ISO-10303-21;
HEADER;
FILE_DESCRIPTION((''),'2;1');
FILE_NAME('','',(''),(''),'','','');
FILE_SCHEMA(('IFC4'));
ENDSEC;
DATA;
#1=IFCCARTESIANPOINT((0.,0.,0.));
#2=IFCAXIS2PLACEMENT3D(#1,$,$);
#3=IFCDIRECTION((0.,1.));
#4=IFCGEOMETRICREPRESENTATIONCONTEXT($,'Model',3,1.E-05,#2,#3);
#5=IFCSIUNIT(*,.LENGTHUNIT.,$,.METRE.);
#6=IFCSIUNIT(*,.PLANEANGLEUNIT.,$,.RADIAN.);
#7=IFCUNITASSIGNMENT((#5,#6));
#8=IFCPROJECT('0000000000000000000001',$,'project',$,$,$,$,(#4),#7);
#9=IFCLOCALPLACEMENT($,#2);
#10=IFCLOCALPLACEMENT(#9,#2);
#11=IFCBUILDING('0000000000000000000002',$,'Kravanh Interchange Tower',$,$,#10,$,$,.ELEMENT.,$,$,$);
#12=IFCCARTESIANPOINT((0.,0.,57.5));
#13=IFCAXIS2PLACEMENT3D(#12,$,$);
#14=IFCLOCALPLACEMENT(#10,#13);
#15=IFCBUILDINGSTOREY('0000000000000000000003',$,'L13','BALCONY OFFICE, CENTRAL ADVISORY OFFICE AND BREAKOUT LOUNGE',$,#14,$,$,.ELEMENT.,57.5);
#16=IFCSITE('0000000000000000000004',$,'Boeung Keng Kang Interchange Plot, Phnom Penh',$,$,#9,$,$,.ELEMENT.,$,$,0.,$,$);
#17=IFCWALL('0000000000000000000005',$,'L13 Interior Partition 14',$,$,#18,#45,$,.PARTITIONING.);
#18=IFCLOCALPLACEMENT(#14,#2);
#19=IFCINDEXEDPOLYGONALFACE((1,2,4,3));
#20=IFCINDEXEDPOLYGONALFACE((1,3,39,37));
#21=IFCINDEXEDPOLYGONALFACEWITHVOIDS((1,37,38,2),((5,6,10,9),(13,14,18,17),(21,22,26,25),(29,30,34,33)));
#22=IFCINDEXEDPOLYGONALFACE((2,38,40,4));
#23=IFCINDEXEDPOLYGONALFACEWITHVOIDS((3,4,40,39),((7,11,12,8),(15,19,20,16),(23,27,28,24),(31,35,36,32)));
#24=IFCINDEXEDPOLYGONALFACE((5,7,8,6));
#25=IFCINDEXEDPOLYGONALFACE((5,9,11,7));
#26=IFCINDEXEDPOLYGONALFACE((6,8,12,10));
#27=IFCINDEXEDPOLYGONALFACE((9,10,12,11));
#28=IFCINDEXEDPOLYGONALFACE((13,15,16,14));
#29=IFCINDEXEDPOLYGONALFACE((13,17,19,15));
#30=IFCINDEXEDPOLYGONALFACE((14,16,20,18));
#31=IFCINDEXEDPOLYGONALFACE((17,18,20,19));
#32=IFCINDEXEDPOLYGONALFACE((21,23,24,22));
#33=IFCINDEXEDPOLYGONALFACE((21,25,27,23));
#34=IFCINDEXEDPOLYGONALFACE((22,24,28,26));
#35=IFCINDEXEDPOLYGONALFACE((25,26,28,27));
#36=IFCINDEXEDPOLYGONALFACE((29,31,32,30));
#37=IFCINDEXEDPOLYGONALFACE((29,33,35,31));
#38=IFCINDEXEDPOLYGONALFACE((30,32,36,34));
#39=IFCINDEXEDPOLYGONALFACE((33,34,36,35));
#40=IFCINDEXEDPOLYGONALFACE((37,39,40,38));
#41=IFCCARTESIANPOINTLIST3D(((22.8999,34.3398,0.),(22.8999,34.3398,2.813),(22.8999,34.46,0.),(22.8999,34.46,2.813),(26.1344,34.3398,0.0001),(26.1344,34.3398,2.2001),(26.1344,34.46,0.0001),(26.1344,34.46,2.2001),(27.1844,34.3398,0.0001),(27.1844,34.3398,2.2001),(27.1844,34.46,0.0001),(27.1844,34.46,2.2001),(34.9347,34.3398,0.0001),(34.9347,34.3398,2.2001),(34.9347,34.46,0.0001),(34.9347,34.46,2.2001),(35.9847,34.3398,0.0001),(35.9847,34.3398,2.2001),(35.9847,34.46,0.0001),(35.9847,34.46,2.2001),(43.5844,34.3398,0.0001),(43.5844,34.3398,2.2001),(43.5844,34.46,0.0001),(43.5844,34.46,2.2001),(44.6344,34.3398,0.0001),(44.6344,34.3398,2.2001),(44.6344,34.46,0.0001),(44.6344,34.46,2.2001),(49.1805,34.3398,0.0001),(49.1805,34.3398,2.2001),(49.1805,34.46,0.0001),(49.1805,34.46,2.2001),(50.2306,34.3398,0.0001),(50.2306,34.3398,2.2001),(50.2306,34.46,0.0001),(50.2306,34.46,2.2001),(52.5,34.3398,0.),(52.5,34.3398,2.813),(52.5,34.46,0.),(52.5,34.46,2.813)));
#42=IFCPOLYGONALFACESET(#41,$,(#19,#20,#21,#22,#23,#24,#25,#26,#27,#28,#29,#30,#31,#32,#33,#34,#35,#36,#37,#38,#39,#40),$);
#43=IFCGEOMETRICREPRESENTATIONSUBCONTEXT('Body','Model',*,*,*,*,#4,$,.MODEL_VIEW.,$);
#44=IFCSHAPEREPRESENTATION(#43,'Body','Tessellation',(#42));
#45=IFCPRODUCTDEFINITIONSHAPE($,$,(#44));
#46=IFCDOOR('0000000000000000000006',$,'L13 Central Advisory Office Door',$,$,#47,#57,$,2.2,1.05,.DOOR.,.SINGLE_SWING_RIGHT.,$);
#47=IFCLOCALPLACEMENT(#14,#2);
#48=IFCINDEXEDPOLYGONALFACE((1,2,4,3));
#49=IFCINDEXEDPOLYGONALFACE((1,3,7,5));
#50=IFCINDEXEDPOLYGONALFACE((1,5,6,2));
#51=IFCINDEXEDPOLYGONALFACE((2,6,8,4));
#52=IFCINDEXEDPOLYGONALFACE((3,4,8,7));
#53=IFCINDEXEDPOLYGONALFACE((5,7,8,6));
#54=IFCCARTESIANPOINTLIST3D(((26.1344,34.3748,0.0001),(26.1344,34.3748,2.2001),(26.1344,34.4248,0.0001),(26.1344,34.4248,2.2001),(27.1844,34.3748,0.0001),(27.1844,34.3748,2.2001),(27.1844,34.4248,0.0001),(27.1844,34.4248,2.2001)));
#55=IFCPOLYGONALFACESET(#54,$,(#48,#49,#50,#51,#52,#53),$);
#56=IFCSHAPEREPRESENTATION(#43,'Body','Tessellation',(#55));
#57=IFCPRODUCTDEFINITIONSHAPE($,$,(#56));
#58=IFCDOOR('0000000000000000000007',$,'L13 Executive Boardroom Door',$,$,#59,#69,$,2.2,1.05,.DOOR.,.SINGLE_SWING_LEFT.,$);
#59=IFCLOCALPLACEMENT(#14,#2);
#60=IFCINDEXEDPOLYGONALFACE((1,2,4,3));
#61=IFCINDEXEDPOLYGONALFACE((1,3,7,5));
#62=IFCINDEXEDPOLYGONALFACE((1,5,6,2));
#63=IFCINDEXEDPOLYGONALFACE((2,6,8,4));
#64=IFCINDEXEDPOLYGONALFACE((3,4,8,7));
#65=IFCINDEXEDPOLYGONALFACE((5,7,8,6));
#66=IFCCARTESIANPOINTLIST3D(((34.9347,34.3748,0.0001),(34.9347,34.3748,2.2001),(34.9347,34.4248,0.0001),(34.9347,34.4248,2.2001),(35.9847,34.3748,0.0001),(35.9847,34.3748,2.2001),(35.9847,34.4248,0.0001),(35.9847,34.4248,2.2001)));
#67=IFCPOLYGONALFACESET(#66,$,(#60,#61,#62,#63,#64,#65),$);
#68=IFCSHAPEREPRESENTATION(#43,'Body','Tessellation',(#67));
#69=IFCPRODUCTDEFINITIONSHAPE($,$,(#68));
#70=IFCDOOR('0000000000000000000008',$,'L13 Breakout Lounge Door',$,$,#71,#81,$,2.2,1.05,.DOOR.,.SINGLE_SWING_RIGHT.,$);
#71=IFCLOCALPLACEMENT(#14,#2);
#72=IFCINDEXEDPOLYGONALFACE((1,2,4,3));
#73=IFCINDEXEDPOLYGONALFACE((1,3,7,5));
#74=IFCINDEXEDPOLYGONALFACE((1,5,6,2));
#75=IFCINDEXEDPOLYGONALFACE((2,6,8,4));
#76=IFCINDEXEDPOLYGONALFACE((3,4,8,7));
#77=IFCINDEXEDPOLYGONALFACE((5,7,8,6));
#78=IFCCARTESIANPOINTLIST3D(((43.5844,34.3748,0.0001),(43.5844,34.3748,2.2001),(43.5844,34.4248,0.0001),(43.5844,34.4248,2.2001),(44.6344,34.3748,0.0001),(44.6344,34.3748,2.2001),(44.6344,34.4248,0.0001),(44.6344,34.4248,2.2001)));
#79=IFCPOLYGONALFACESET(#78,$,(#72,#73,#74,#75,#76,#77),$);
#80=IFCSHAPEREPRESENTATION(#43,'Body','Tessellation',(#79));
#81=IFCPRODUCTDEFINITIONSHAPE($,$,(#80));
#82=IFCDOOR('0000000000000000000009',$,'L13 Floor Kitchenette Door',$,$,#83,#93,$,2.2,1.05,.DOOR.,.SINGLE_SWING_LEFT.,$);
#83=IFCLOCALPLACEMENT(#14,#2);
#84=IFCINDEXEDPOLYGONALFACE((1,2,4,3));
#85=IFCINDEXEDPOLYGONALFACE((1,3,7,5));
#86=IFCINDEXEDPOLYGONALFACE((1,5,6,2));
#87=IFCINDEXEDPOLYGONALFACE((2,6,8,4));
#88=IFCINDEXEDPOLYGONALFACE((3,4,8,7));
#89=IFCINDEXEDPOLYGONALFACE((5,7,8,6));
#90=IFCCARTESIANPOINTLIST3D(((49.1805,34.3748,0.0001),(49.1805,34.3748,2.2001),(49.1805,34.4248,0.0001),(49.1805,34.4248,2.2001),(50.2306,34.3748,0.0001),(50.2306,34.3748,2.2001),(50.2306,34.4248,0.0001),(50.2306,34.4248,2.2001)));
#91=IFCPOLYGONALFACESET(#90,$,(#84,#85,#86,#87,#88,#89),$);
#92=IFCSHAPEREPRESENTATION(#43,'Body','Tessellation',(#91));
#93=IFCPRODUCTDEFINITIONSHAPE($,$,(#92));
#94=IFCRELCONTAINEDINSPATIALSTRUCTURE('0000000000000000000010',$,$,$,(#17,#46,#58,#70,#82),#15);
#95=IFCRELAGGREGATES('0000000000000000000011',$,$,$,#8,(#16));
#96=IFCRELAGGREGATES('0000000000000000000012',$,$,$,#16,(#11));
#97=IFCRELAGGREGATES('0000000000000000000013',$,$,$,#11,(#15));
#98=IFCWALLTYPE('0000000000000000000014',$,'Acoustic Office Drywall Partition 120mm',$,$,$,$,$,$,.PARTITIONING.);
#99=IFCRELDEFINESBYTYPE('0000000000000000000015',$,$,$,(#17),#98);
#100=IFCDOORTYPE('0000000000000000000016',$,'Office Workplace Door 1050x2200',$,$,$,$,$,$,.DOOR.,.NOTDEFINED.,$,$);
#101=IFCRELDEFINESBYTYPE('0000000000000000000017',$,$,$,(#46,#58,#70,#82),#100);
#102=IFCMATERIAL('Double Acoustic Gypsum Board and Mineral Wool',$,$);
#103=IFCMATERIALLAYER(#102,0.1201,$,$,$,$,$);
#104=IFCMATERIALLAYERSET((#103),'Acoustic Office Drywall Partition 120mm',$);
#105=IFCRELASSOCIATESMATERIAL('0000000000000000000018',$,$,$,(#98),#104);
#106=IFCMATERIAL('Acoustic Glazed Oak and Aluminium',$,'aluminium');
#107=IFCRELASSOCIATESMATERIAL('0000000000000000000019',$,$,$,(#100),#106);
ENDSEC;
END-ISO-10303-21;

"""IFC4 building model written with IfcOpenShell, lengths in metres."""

from ifc_helpers import new_model, si_unit, direction, frame, frame_2d, origin, place, context, subcontext, project, spatial, rectangle, extrude, material, layer, layer_set, type_object, element, fill, save


model = new_model("IFC4")

# Units and contexts
model_context = context("Model", 3, precision=1e-05, world=origin(), true_north=direction((0.0, 1.0)))
body_context = subcontext(model_context, "Body", "Model", "MODEL_VIEW")
ifc_project = project(units=[si_unit("LENGTHUNIT", "METRE"), si_unit("PLANEANGLEUNIT", "RADIAN")], contexts=[model_context])

# Site, building, storey
site_placement = place(None, origin())
site = spatial("IfcSite", under=ifc_project, at=site_placement, Name="Boeung Keng Kang Interchange Plot, Phnom Penh", CompositionType="ELEMENT", RefElevation=0.0)
building_placement = place(site_placement, origin())
building = spatial("IfcBuilding", under=site, at=building_placement, Name="Kravanh Interchange Tower", CompositionType="ELEMENT")
storey_placement = place(building_placement, frame((0.0, 0.0, 57.5)))
storey = spatial("IfcBuildingStorey", under=building, at=storey_placement, Name="L13", Description="BALCONY OFFICE, CENTRAL ADVISORY OFFICE AND BREAKOUT LOUNGE", CompositionType="ELEMENT", Elevation=57.5)

# Wall, openings, doors
ifc_material_1 = material(Name="Double Acoustic Gypsum Board and Mineral Wool")
ifc_layer = layer(ifc_material_1, 0.1201)
ifc_layer_set = layer_set([ifc_layer], Name="Acoustic Office Drywall Partition 120mm")
wall_type = type_object("IfcWallType", Name="Acoustic Office Drywall Partition 120mm", PredefinedType="PARTITIONING", material=ifc_layer_set)
wall_placement = place(storey_placement, frame((22.8999, 34.3999, 0.0), z_axis=(0.0, 0.0, 1.0), x_axis=(1.0, 0.0, 0.0)))
wall = element("IfcWall", 1, at=wall_placement, inside=storey, type_object=wall_type, Name="L13 Interior Partition 14", PredefinedType="PARTITIONING", context=body_context, shape_type="SweptSolid", body=[
    extrude(rectangle(XDim=29.6001, YDim=0.1201, at=frame_2d((14.8, 0.0))), origin(), (0.0, 0.0, 1.0), 2.813),
])
opening_1_placement = place(wall_placement, frame((3.2346, 0.0, 0.0)))
opening_1 = element("IfcOpeningElement", 2, at=opening_1_placement, cuts=wall, PredefinedType="OPENING", context=body_context, shape_type="SweptSolid", body=[
    extrude(rectangle(XDim=1.05, YDim=2.2, at=frame_2d((0.5249, 1.1001))), frame((0.0, 0.0701, 0.0), z_axis=(0.0, -1.0, 0.0), x_axis=(1.0, 0.0, 0.0)), (0.0, 0.0, 1.0), 0.1401),
])
opening_2_placement = place(wall_placement, frame((12.0349, 0.0, 0.0)))
opening_2 = element("IfcOpeningElement", 3, at=opening_2_placement, cuts=wall, PredefinedType="OPENING", context=body_context, shape_type="SweptSolid", body=[
    extrude(rectangle(XDim=1.05, YDim=2.2, at=frame_2d((0.5249, 1.1001))), frame((0.0, 0.0701, 0.0), z_axis=(0.0, -1.0, 0.0), x_axis=(1.0, 0.0, 0.0)), (0.0, 0.0, 1.0), 0.1401),
])
opening_3_placement = place(wall_placement, frame((20.6846, 0.0, 0.0)))
opening_3 = element("IfcOpeningElement", 4, at=opening_3_placement, cuts=wall, PredefinedType="OPENING", context=body_context, shape_type="SweptSolid", body=[
    extrude(rectangle(XDim=1.05, YDim=2.2, at=frame_2d((0.5249, 1.1001))), frame((0.0, 0.0701, 0.0), z_axis=(0.0, -1.0, 0.0), x_axis=(1.0, 0.0, 0.0)), (0.0, 0.0, 1.0), 0.1401),
])
opening_4_placement = place(wall_placement, frame((26.2808, 0.0, 0.0)))
opening_4 = element("IfcOpeningElement", 5, at=opening_4_placement, cuts=wall, PredefinedType="OPENING", context=body_context, shape_type="SweptSolid", body=[
    extrude(rectangle(XDim=1.05, YDim=2.2, at=frame_2d((0.5249, 1.1001))), frame((0.0, 0.0701, 0.0), z_axis=(0.0, -1.0, 0.0), x_axis=(1.0, 0.0, 0.0)), (0.0, 0.0, 1.0), 0.1401),
])
ifc_material_2 = material(Name="Acoustic Glazed Oak and Aluminium", Category="aluminium")
door_type = type_object("IfcDoorType", Name="Office Workplace Door 1050x2200", OperationType="NOTDEFINED", PredefinedType="DOOR", material=ifc_material_2)
door_1_placement = place(opening_1_placement, origin())
door_1 = element("IfcDoor", 6, at=door_1_placement, inside=storey, type_object=door_type, Name="L13 Central Advisory Office Door", OperationType="SINGLE_SWING_RIGHT", OverallHeight=2.2, OverallWidth=1.05, PredefinedType="DOOR", context=body_context, shape_type="SweptSolid", body=[
    extrude(rectangle(XDim=1.05, YDim=2.2, at=frame_2d((0.5249, 1.1001))), frame((0.0, 0.0249, 0.0), z_axis=(0.0, -1.0, 0.0), x_axis=(1.0, 0.0, 0.0)), (0.0, 0.0, 1.0), 0.05),
])
fill(opening_1, door_1)
door_2_placement = place(opening_2_placement, origin())
door_2 = element("IfcDoor", 7, at=door_2_placement, inside=storey, type_object=door_type, Name="L13 Executive Boardroom Door", OperationType="SINGLE_SWING_LEFT", OverallHeight=2.2, OverallWidth=1.05, PredefinedType="DOOR", context=body_context, shape_type="SweptSolid", body=[
    extrude(rectangle(XDim=1.05, YDim=2.2, at=frame_2d((0.5249, 1.1001))), frame((0.0, 0.0249, 0.0), z_axis=(0.0, -1.0, 0.0), x_axis=(1.0, 0.0, 0.0)), (0.0, 0.0, 1.0), 0.05),
])
fill(opening_2, door_2)
door_3_placement = place(opening_3_placement, origin())
door_3 = element("IfcDoor", 8, at=door_3_placement, inside=storey, type_object=door_type, Name="L13 Breakout Lounge Door", OperationType="SINGLE_SWING_RIGHT", OverallHeight=2.2, OverallWidth=1.05, PredefinedType="DOOR", context=body_context, shape_type="SweptSolid", body=[
    extrude(rectangle(XDim=1.05, YDim=2.2, at=frame_2d((0.5249, 1.1001))), frame((0.0, 0.0249, 0.0), z_axis=(0.0, -1.0, 0.0), x_axis=(1.0, 0.0, 0.0)), (0.0, 0.0, 1.0), 0.05),
])
fill(opening_3, door_3)
door_4_placement = place(opening_4_placement, origin())
door_4 = element("IfcDoor", 9, at=door_4_placement, inside=storey, type_object=door_type, Name="L13 Floor Kitchenette Door", OperationType="SINGLE_SWING_LEFT", OverallHeight=2.2, OverallWidth=1.05, PredefinedType="DOOR", context=body_context, shape_type="SweptSolid", body=[
    extrude(rectangle(XDim=1.05, YDim=2.2, at=frame_2d((0.5249, 1.1001))), frame((0.0, 0.0249, 0.0), z_axis=(0.0, -1.0, 0.0), x_axis=(1.0, 0.0, 0.0)), (0.0, 0.0, 1.0), 0.05),
])
fill(opening_4, door_4)

save(model, "model.ifc")
